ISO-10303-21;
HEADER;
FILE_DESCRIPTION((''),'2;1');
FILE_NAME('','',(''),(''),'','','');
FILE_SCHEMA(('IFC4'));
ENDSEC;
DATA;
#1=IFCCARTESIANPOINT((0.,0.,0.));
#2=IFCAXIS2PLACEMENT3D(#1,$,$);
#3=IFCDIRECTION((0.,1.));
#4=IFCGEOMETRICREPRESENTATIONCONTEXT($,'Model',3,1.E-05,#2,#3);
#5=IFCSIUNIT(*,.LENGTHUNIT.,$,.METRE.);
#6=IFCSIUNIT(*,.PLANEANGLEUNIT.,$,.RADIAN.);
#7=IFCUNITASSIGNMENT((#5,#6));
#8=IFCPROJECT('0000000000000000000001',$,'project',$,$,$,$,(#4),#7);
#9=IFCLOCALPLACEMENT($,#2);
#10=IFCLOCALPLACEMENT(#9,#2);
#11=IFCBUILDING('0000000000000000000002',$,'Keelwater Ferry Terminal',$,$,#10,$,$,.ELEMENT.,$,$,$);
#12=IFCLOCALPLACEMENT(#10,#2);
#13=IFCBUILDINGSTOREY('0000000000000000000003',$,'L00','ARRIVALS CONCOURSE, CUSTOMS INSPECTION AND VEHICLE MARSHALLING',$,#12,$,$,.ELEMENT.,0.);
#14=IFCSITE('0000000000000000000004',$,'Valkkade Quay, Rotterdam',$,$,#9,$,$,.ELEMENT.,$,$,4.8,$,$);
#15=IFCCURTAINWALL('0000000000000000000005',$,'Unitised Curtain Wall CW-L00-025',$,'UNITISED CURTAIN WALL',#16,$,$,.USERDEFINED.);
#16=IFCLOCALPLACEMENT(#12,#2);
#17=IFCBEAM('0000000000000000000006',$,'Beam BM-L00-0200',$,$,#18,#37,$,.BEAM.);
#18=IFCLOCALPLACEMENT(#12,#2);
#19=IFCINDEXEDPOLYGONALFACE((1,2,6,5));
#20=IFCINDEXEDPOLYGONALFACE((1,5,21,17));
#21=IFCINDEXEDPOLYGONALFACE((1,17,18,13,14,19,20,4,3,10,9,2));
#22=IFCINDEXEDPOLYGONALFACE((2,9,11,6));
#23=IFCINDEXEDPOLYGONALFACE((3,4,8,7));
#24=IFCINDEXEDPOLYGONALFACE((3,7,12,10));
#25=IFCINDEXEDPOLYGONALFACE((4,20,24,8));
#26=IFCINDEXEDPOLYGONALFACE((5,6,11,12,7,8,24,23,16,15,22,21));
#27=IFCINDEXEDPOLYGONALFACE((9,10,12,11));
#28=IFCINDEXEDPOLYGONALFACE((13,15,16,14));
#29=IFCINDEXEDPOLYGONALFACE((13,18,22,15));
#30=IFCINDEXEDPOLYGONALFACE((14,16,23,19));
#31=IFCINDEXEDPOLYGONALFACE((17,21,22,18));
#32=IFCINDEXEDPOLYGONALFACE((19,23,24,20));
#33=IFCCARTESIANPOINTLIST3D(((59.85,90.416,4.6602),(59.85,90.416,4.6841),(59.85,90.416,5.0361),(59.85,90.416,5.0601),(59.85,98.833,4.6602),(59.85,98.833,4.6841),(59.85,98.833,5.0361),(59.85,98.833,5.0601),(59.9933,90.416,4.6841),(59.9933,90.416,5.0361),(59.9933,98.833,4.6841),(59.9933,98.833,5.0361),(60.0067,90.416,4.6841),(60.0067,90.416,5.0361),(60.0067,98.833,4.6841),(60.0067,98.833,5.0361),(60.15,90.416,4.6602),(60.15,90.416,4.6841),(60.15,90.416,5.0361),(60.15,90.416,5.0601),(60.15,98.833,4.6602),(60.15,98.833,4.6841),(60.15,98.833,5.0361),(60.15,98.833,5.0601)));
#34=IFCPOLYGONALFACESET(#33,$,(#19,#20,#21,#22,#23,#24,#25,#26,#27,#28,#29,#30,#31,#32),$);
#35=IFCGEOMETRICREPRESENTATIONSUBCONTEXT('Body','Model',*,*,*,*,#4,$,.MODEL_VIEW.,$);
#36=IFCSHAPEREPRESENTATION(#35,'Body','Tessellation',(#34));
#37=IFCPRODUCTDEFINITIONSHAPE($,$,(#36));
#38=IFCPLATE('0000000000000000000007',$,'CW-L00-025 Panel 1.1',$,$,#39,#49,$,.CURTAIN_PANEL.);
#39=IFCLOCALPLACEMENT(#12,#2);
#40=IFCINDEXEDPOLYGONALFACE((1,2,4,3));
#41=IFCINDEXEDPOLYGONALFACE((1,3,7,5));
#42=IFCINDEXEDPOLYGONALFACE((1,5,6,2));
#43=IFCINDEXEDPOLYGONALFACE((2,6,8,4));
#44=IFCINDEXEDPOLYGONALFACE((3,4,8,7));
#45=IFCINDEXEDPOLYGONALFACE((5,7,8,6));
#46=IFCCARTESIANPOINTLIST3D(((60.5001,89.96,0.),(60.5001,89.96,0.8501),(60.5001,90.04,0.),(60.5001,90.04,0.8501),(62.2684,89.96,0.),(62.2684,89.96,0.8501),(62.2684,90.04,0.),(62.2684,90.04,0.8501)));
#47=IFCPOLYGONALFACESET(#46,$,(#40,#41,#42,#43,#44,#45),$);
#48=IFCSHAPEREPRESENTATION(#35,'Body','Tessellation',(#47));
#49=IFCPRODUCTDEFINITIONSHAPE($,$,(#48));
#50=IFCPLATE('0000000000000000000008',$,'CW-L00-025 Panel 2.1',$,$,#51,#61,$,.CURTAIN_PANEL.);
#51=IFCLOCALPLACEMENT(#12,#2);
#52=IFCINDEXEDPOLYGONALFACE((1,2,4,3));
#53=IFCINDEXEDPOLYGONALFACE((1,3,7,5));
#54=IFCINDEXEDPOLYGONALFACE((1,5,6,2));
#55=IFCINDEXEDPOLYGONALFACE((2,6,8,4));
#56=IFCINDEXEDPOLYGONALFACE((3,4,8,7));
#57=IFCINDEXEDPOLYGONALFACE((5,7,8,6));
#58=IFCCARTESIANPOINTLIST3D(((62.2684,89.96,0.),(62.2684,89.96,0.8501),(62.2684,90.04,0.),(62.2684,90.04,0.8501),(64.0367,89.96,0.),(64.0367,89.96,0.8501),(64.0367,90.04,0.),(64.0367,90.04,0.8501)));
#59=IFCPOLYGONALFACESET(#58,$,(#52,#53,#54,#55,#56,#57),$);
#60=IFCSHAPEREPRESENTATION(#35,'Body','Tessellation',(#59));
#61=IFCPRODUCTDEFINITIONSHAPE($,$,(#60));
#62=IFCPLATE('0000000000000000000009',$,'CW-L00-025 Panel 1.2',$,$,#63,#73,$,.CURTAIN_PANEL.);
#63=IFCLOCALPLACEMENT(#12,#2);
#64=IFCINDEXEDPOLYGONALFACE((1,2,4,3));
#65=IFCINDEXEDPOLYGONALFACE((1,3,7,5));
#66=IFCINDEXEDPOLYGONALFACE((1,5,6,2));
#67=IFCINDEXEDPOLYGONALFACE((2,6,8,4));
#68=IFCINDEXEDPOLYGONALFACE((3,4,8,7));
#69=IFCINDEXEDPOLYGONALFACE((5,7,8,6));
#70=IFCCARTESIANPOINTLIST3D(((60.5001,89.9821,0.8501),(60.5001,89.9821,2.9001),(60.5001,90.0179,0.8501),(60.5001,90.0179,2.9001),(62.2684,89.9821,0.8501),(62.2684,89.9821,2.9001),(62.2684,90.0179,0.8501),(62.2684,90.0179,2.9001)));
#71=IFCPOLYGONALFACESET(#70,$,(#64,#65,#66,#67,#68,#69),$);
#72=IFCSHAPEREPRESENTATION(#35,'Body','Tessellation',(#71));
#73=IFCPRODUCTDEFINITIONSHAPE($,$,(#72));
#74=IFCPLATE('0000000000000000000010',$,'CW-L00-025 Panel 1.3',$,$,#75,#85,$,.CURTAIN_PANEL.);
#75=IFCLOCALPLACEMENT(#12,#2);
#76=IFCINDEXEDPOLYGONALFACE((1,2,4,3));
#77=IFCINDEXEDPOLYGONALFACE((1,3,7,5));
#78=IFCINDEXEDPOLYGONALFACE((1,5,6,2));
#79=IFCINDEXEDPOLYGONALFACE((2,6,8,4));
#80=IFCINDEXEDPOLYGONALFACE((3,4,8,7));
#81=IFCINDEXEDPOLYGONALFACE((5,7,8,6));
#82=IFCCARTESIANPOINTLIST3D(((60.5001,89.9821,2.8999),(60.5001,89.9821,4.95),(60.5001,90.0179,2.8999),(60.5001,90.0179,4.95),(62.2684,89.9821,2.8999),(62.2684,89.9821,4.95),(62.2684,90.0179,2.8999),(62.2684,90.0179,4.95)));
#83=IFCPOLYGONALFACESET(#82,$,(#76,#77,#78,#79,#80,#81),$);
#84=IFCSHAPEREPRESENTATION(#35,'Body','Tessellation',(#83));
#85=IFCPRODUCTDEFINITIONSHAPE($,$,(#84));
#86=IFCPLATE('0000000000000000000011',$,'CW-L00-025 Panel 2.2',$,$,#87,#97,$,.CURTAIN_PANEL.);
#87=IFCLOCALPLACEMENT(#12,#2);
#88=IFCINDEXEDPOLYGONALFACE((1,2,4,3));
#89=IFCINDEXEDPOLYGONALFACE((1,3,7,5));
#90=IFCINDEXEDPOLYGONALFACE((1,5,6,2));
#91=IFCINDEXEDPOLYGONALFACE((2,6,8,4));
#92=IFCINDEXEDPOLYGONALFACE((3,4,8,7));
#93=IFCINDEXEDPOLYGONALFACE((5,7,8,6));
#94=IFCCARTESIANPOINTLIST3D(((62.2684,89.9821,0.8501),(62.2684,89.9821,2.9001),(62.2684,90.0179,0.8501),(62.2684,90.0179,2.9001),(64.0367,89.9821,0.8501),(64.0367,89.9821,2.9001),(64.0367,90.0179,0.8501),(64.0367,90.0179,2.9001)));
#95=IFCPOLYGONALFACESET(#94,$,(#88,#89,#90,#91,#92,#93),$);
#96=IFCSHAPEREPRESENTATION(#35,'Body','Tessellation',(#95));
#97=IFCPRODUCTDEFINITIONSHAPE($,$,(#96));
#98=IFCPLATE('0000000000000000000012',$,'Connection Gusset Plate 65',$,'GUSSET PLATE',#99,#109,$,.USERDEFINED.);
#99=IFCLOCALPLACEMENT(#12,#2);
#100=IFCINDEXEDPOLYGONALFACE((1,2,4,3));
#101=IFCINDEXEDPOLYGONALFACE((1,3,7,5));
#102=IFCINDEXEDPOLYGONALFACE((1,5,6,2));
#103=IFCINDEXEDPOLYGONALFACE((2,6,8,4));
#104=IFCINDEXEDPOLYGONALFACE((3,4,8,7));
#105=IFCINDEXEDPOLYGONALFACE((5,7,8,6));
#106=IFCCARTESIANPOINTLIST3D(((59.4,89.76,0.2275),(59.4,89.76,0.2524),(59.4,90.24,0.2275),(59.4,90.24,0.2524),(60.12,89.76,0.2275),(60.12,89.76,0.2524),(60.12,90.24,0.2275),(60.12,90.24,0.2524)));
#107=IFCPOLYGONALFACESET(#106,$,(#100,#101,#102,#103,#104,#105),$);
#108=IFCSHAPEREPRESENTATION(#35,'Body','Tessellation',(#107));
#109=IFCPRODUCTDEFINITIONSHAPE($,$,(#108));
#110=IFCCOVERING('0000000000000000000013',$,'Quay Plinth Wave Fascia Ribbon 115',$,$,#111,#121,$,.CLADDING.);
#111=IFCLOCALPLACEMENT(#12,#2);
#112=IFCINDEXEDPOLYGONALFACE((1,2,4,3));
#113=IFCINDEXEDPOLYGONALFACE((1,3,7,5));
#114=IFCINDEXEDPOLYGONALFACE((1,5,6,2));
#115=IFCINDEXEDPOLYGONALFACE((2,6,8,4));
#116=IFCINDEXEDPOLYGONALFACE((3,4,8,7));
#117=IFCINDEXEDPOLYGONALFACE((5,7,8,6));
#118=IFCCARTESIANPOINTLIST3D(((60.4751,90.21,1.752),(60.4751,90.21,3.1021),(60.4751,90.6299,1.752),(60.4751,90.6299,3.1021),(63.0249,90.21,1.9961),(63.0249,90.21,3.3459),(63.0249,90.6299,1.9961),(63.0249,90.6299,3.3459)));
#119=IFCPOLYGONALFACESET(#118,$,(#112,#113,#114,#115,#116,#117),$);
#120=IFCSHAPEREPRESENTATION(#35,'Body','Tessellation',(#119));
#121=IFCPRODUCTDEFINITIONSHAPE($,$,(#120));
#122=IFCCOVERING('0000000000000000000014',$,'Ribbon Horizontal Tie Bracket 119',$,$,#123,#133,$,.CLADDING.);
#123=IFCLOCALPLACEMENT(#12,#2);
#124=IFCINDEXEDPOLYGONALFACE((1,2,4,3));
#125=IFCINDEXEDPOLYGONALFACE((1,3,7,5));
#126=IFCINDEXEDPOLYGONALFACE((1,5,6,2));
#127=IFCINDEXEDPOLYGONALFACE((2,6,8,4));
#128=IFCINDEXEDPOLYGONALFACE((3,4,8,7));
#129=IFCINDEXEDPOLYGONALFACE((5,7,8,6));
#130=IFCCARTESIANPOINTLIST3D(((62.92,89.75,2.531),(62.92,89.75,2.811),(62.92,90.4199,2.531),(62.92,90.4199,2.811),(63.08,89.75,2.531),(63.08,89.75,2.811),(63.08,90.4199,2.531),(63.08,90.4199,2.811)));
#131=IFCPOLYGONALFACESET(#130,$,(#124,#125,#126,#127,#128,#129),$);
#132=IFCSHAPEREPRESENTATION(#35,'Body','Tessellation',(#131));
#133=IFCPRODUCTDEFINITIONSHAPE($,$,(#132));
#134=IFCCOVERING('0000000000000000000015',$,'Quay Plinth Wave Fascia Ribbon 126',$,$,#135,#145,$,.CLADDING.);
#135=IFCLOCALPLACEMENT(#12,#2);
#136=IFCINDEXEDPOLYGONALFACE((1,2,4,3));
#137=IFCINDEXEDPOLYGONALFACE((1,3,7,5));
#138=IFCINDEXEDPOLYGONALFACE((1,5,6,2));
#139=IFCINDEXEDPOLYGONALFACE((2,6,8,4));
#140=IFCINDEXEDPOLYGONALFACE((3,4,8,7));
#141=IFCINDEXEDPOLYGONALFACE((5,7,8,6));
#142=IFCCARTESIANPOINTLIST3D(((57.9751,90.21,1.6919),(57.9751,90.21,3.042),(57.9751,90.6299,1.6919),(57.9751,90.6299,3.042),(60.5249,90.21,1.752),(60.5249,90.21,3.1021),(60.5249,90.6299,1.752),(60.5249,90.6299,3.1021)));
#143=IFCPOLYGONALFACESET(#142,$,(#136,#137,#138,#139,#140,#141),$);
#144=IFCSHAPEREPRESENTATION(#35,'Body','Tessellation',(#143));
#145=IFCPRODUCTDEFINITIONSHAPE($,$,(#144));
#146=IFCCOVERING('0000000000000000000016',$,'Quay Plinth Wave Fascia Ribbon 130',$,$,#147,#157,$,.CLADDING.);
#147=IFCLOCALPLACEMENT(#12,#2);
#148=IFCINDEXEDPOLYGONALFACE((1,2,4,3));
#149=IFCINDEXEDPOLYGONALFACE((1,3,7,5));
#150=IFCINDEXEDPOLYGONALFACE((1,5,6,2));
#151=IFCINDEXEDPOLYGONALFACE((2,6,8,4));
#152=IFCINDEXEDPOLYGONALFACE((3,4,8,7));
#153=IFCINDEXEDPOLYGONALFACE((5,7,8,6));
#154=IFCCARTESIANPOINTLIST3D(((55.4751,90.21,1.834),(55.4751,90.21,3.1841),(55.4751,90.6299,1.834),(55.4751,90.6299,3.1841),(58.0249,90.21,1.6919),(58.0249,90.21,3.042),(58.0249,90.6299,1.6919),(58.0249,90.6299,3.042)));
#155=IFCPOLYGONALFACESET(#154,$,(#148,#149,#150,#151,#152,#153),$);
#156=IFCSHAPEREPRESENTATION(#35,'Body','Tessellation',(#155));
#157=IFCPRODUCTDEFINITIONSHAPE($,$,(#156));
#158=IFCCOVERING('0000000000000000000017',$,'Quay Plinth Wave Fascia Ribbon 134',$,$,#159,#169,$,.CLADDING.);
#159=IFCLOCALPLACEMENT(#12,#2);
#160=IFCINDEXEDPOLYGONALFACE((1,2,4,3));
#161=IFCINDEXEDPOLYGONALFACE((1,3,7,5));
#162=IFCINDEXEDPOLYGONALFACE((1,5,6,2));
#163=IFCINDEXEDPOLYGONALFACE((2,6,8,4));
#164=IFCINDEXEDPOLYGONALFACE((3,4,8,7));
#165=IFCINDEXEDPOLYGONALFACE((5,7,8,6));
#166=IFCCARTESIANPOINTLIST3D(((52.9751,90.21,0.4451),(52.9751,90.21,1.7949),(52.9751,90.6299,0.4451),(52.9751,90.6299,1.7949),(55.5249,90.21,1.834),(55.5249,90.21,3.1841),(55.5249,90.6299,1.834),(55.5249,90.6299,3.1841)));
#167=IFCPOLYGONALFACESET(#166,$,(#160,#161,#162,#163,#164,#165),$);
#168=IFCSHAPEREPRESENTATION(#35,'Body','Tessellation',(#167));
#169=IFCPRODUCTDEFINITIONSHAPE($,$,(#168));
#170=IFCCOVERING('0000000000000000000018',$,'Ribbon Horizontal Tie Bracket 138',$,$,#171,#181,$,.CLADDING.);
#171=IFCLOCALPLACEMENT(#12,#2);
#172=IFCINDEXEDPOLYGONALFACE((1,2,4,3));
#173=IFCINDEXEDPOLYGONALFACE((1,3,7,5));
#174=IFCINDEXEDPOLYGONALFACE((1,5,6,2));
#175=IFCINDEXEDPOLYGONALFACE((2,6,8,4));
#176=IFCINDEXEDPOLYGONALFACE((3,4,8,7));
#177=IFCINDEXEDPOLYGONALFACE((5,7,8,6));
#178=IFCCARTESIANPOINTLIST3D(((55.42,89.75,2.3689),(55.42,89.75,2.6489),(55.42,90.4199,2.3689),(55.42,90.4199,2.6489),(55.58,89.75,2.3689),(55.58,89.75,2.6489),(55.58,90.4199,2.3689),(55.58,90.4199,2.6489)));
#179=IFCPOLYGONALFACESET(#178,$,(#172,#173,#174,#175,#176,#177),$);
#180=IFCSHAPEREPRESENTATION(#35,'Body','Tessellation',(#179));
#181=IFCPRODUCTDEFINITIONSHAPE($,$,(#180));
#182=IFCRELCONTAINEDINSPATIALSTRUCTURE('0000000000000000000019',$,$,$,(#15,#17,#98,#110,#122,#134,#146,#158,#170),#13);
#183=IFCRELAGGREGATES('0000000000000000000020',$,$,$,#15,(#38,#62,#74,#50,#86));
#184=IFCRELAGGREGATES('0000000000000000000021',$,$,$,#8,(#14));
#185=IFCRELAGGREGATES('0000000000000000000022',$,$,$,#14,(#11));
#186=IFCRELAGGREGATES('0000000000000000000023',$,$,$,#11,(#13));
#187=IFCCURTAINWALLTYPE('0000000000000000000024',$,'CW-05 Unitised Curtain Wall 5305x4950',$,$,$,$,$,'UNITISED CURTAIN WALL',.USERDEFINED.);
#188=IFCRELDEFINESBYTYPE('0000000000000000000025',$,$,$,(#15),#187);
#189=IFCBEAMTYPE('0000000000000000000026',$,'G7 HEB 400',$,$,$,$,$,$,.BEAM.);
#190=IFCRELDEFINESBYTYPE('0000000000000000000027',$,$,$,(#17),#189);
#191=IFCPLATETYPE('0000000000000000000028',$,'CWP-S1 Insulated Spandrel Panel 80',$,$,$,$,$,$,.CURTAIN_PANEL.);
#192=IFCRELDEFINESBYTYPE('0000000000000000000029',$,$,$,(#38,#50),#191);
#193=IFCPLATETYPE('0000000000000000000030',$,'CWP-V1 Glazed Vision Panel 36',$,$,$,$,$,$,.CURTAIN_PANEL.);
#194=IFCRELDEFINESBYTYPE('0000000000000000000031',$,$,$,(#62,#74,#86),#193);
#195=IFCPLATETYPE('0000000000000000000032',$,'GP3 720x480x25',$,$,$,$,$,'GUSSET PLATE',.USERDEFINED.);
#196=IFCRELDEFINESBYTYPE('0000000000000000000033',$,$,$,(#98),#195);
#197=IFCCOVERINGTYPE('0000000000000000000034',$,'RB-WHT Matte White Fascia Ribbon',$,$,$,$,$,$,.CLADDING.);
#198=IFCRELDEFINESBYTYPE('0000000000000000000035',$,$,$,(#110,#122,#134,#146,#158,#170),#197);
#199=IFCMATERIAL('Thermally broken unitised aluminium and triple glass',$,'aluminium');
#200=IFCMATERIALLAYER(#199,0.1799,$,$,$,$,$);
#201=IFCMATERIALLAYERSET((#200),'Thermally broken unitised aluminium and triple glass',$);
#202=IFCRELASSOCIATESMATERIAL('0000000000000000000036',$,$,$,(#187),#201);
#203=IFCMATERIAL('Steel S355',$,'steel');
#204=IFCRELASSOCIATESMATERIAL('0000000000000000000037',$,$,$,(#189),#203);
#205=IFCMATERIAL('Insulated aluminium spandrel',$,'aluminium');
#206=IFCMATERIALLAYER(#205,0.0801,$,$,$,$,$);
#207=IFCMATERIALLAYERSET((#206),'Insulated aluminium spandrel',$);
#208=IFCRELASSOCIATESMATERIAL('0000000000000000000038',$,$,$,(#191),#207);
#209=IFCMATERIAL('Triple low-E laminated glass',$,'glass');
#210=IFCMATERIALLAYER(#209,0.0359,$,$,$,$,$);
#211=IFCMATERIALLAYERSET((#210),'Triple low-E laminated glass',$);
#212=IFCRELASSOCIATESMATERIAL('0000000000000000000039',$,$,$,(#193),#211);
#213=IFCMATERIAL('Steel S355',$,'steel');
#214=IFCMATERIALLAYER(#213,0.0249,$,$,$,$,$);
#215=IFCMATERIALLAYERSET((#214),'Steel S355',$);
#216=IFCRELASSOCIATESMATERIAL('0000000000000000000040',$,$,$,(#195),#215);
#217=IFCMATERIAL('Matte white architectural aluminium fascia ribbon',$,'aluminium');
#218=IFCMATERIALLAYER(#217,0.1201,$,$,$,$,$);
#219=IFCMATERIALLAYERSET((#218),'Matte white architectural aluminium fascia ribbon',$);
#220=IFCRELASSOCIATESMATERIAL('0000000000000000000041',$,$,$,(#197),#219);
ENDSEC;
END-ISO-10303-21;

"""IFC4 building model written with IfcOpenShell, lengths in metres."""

from ifc_helpers import new_model, si_unit, direction, frame, frame_2d, origin, origin_2d, place, context, subcontext, project, spatial, polyline, rectangle, i_section, outline, extrude, material, layer, layer_set, material_profile, profile_set, type_object, element, aggregate, save


model = new_model("IFC4")

# Units and contexts
model_context = context("Model", 3, precision=1e-05, world=origin(), true_north=direction((0.0, 1.0)))
body_context = subcontext(model_context, "Body", "Model", "MODEL_VIEW")
ifc_project = project(units=[si_unit("LENGTHUNIT", "METRE"), si_unit("PLANEANGLEUNIT", "RADIAN")], contexts=[model_context])

# Site, building, storey
site_placement = place(None, origin())
site = spatial("IfcSite", under=ifc_project, at=site_placement, Name="Valkkade Quay, Rotterdam", CompositionType="ELEMENT", RefElevation=4.8)
building_placement = place(site_placement, origin())
building = spatial("IfcBuilding", under=site, at=building_placement, Name="Keelwater Ferry Terminal", CompositionType="ELEMENT")
storey_placement = place(building_placement, origin())
storey = spatial("IfcBuildingStorey", under=building, at=storey_placement, Name="L00", Description="ARRIVALS CONCOURSE, CUSTOMS INSPECTION AND VEHICLE MARSHALLING", CompositionType="ELEMENT", Elevation=0.0)

# Curtain wall
ifc_material_1 = material(Name="Thermally broken unitised aluminium and triple glass", Category="aluminium")
ifc_layer_1 = layer(ifc_material_1, 0.1799)
ifc_layer_set_1 = layer_set([ifc_layer_1], Name="Thermally broken unitised aluminium and triple glass")
curtain_wall_type = type_object("IfcCurtainWallType", Name="CW-05 Unitised Curtain Wall 5305x4950", ElementType="UNITISED CURTAIN WALL", PredefinedType="USERDEFINED", material=ifc_layer_set_1)
curtain_wall_placement = place(storey_placement, origin())
curtain_wall = element("IfcCurtainWall", 1, at=curtain_wall_placement, inside=storey, type_object=curtain_wall_type, Name="Unitised Curtain Wall CW-L00-025", ObjectType="UNITISED CURTAIN WALL", PredefinedType="USERDEFINED")

# Beam
ifc_material_2 = material(Name="Steel S355", Category="steel")
ifc_material_profile_1 = material_profile(ifc_material_2, i_section(OverallWidth=0.3, OverallDepth=0.3999, WebThickness=0.0134, FlangeThickness=0.0239, at=origin_2d()), Name="HEB 400")
ifc_profile_set_1 = profile_set([ifc_material_profile_1], Name="Steel S355")
beam_type_1 = type_object("IfcBeamType", Name="G7 HEB 400", PredefinedType="BEAM", material=ifc_profile_set_1)
beam_1_placement = place(storey_placement, frame((60.0, 90.416, 4.8601), z_axis=(0.0, 1.0, 0.0), x_axis=(-1.0, 0.0, 0.0)))
element("IfcBeam", 2, at=beam_1_placement, inside=storey, type_object=beam_type_1, Name="Beam BM-L00-0200", PredefinedType="BEAM", context=body_context, shape_type="SweptSolid", body=[
    extrude(i_section(OverallWidth=0.3, OverallDepth=0.3999, WebThickness=0.0134, FlangeThickness=0.0239, at=origin_2d()), origin(), (0.0, 0.0, 1.0), 8.417),
])

# Plates
ifc_material_3 = material(Name="Insulated aluminium spandrel", Category="aluminium")
ifc_layer_2 = layer(ifc_material_3, 0.0801)
ifc_layer_set_2 = layer_set([ifc_layer_2], Name="Insulated aluminium spandrel")
plate_type_1 = type_object("IfcPlateType", Name="CWP-S1 Insulated Spandrel Panel 80", PredefinedType="CURTAIN_PANEL", material=ifc_layer_set_2)
plate_1_placement = place(storey_placement, frame((61.3843, 90.0, 0.0), z_axis=(0.0, 0.0, 1.0), x_axis=(1.0, 0.0, 0.0)))
plate_1 = element("IfcPlate", 3, at=plate_1_placement, type_object=plate_type_1, Name="CW-L00-025 Panel 1.1", PredefinedType="CURTAIN_PANEL", context=body_context, shape_type="SweptSolid", body=[
    extrude(rectangle(XDim=1.7683, YDim=0.0801, at=origin_2d()), origin(), (0.0, 0.0, 1.0), 0.8501),
])
plate_2_placement = place(storey_placement, frame((63.1526, 90.0, 0.0), z_axis=(0.0, 0.0, 1.0), x_axis=(1.0, 0.0, 0.0)))
plate_2 = element("IfcPlate", 4, at=plate_2_placement, type_object=plate_type_1, Name="CW-L00-025 Panel 2.1", PredefinedType="CURTAIN_PANEL", context=body_context, shape_type="SweptSolid", body=[
    extrude(rectangle(XDim=1.7683, YDim=0.0801, at=origin_2d()), origin(), (0.0, 0.0, 1.0), 0.8501),
])
ifc_material_4 = material(Name="Triple low-E laminated glass", Category="glass")
ifc_layer_3 = layer(ifc_material_4, 0.0359)
ifc_layer_set_3 = layer_set([ifc_layer_3], Name="Triple low-E laminated glass")
plate_type_2 = type_object("IfcPlateType", Name="CWP-V1 Glazed Vision Panel 36", PredefinedType="CURTAIN_PANEL", material=ifc_layer_set_3)
plate_3_placement = place(storey_placement, frame((61.3843, 90.0, 0.8501), z_axis=(0.0, 0.0, 1.0), x_axis=(1.0, 0.0, 0.0)))
plate_3 = element("IfcPlate", 5, at=plate_3_placement, type_object=plate_type_2, Name="CW-L00-025 Panel 1.2", PredefinedType="CURTAIN_PANEL", context=body_context, shape_type="SweptSolid", body=[
    extrude(rectangle(XDim=1.7683, YDim=0.0359, at=origin_2d()), origin(), (0.0, 0.0, 1.0), 2.05),
])
plate_4_placement = place(storey_placement, frame((61.3843, 90.0, 2.8999), z_axis=(0.0, 0.0, 1.0), x_axis=(1.0, 0.0, 0.0)))
plate_4 = element("IfcPlate", 6, at=plate_4_placement, type_object=plate_type_2, Name="CW-L00-025 Panel 1.3", PredefinedType="CURTAIN_PANEL", context=body_context, shape_type="SweptSolid", body=[
    extrude(rectangle(XDim=1.7683, YDim=0.0359, at=origin_2d()), origin(), (0.0, 0.0, 1.0), 2.05),
])
plate_5_placement = place(storey_placement, frame((63.1526, 90.0, 0.8501), z_axis=(0.0, 0.0, 1.0), x_axis=(1.0, 0.0, 0.0)))
plate_5 = element("IfcPlate", 7, at=plate_5_placement, type_object=plate_type_2, Name="CW-L00-025 Panel 2.2", PredefinedType="CURTAIN_PANEL", context=body_context, shape_type="SweptSolid", body=[
    extrude(rectangle(XDim=1.7683, YDim=0.0359, at=origin_2d()), origin(), (0.0, 0.0, 1.0), 2.05),
])
aggregate(curtain_wall, [plate_1, plate_3, plate_4, plate_2, plate_5])
ifc_material_5 = material(Name="Steel S355", Category="steel")
ifc_layer_4 = layer(ifc_material_5, 0.0249)
ifc_layer_set_4 = layer_set([ifc_layer_4], Name="Steel S355")
plate_type_3 = type_object("IfcPlateType", Name="GP3 720x480x25", ElementType="GUSSET PLATE", PredefinedType="USERDEFINED", material=ifc_layer_set_4)
plate_6_placement = place(storey_placement, frame((59.76, 90.0, 0.2275), z_axis=(0.0, 0.0, 1.0), x_axis=(1.0, 0.0, 0.0)))
element("IfcPlate", 8, at=plate_6_placement, inside=storey, type_object=plate_type_3, Name="Connection Gusset Plate 65", ObjectType="GUSSET PLATE", PredefinedType="USERDEFINED", context=body_context, shape_type="SweptSolid", body=[
    extrude(rectangle(XDim=0.72, YDim=0.48, at=origin_2d()), origin(), (0.0, 0.0, 1.0), 0.0249),
])

# Coverings
ifc_material_6 = material(Name="Matte white architectural aluminium fascia ribbon", Category="aluminium")
ifc_layer_5 = layer(ifc_material_6, 0.1201)
ifc_layer_set_5 = layer_set([ifc_layer_5], Name="Matte white architectural aluminium fascia ribbon")
covering_type = type_object("IfcCoveringType", Name="RB-WHT Matte White Fascia Ribbon", PredefinedType="CLADDING", material=ifc_layer_set_5)
covering_1_placement = place(storey_placement, frame((63.0249, 90.4199, 1.752), z_axis=(0.0, 0.0, 1.0), x_axis=(-1.0, 0.0, 0.0)))
element("IfcCovering", 9, at=covering_1_placement, inside=storey, type_object=covering_type, Name="Quay Plinth Wave Fascia Ribbon 115", PredefinedType="CLADDING", context=body_context, shape_type="SweptSolid", body=[
    extrude(outline(polyline([(0.0, 0.2441), (2.5498, 0.0), (2.5498, 1.3501), (0.0, 1.594), (0.0, 0.2441)])), frame((0.0, 0.21, 0.0), z_axis=(0.0, -1.0, 0.0), x_axis=(1.0, 0.0, 0.0)), (0.0, 0.0, 1.0), 0.4199),
])
covering_2_placement = place(storey_placement, frame((63.0, 90.4199, 2.531), z_axis=(0.0, 0.0, 1.0), x_axis=(0.0, -1.0, 0.0)))
element("IfcCovering", 10, at=covering_2_placement, inside=storey, type_object=covering_type, Name="Ribbon Horizontal Tie Bracket 119", PredefinedType="CLADDING", context=body_context, shape_type="SweptSolid", body=[
    extrude(rectangle(XDim=0.6699, YDim=0.1599, at=frame_2d((0.335, 0.0))), origin(), (0.0, 0.0, 1.0), 0.28),
])
covering_3_placement = place(storey_placement, frame((60.5249, 90.4199, 1.6919), z_axis=(0.0, 0.0, 1.0), x_axis=(-1.0, 0.0, 0.0)))
element("IfcCovering", 11, at=covering_3_placement, inside=storey, type_object=covering_type, Name="Quay Plinth Wave Fascia Ribbon 126", PredefinedType="CLADDING", context=body_context, shape_type="SweptSolid", body=[
    extrude(outline(polyline([(0.0, 0.0601), (2.5498, 0.0), (2.5498, 1.3501), (0.0, 1.4102), (0.0, 0.0601)])), frame((0.0, 0.21, 0.0), z_axis=(0.0, -1.0, 0.0), x_axis=(1.0, 0.0, 0.0)), (0.0, 0.0, 1.0), 0.4199),
])
covering_4_placement = place(storey_placement, frame((58.0249, 90.4199, 1.6919), z_axis=(0.0, 0.0, 1.0), x_axis=(-1.0, 0.0, 0.0)))
element("IfcCovering", 12, at=covering_4_placement, inside=storey, type_object=covering_type, Name="Quay Plinth Wave Fascia Ribbon 130", PredefinedType="CLADDING", context=body_context, shape_type="SweptSolid", body=[
    extrude(outline(polyline([(0.0, 0.0), (2.5498, 0.1421), (2.5498, 1.4922), (0.0, 1.3501), (0.0, 0.0)])), frame((0.0, 0.21, 0.0), z_axis=(0.0, -1.0, 0.0), x_axis=(1.0, 0.0, 0.0)), (0.0, 0.0, 1.0), 0.4199),
])
covering_5_placement = place(storey_placement, frame((55.5249, 90.4199, 0.4451), z_axis=(0.0, 0.0, 1.0), x_axis=(-1.0, 0.0, 0.0)))
element("IfcCovering", 13, at=covering_5_placement, inside=storey, type_object=covering_type, Name="Quay Plinth Wave Fascia Ribbon 134", PredefinedType="CLADDING", context=body_context, shape_type="SweptSolid", body=[
    extrude(outline(polyline([(0.0, 1.3889), (2.5498, 0.0), (2.5498, 1.3499), (0.0, 2.739), (0.0, 1.3889)])), frame((0.0, 0.21, 0.0), z_axis=(0.0, -1.0, 0.0), x_axis=(1.0, 0.0, 0.0)), (0.0, 0.0, 1.0), 0.4199),
])
covering_6_placement = place(storey_placement, frame((55.5, 90.4199, 2.3689), z_axis=(0.0, 0.0, 1.0), x_axis=(0.0, -1.0, 0.0)))
element("IfcCovering", 14, at=covering_6_placement, inside=storey, type_object=covering_type, Name="Ribbon Horizontal Tie Bracket 138", PredefinedType="CLADDING", context=body_context, shape_type="SweptSolid", body=[
    extrude(rectangle(XDim=0.6699, YDim=0.1599, at=frame_2d((0.335, 0.0))), origin(), (0.0, 0.0, 1.0), 0.28),
])

save(model, "model.ifc")
